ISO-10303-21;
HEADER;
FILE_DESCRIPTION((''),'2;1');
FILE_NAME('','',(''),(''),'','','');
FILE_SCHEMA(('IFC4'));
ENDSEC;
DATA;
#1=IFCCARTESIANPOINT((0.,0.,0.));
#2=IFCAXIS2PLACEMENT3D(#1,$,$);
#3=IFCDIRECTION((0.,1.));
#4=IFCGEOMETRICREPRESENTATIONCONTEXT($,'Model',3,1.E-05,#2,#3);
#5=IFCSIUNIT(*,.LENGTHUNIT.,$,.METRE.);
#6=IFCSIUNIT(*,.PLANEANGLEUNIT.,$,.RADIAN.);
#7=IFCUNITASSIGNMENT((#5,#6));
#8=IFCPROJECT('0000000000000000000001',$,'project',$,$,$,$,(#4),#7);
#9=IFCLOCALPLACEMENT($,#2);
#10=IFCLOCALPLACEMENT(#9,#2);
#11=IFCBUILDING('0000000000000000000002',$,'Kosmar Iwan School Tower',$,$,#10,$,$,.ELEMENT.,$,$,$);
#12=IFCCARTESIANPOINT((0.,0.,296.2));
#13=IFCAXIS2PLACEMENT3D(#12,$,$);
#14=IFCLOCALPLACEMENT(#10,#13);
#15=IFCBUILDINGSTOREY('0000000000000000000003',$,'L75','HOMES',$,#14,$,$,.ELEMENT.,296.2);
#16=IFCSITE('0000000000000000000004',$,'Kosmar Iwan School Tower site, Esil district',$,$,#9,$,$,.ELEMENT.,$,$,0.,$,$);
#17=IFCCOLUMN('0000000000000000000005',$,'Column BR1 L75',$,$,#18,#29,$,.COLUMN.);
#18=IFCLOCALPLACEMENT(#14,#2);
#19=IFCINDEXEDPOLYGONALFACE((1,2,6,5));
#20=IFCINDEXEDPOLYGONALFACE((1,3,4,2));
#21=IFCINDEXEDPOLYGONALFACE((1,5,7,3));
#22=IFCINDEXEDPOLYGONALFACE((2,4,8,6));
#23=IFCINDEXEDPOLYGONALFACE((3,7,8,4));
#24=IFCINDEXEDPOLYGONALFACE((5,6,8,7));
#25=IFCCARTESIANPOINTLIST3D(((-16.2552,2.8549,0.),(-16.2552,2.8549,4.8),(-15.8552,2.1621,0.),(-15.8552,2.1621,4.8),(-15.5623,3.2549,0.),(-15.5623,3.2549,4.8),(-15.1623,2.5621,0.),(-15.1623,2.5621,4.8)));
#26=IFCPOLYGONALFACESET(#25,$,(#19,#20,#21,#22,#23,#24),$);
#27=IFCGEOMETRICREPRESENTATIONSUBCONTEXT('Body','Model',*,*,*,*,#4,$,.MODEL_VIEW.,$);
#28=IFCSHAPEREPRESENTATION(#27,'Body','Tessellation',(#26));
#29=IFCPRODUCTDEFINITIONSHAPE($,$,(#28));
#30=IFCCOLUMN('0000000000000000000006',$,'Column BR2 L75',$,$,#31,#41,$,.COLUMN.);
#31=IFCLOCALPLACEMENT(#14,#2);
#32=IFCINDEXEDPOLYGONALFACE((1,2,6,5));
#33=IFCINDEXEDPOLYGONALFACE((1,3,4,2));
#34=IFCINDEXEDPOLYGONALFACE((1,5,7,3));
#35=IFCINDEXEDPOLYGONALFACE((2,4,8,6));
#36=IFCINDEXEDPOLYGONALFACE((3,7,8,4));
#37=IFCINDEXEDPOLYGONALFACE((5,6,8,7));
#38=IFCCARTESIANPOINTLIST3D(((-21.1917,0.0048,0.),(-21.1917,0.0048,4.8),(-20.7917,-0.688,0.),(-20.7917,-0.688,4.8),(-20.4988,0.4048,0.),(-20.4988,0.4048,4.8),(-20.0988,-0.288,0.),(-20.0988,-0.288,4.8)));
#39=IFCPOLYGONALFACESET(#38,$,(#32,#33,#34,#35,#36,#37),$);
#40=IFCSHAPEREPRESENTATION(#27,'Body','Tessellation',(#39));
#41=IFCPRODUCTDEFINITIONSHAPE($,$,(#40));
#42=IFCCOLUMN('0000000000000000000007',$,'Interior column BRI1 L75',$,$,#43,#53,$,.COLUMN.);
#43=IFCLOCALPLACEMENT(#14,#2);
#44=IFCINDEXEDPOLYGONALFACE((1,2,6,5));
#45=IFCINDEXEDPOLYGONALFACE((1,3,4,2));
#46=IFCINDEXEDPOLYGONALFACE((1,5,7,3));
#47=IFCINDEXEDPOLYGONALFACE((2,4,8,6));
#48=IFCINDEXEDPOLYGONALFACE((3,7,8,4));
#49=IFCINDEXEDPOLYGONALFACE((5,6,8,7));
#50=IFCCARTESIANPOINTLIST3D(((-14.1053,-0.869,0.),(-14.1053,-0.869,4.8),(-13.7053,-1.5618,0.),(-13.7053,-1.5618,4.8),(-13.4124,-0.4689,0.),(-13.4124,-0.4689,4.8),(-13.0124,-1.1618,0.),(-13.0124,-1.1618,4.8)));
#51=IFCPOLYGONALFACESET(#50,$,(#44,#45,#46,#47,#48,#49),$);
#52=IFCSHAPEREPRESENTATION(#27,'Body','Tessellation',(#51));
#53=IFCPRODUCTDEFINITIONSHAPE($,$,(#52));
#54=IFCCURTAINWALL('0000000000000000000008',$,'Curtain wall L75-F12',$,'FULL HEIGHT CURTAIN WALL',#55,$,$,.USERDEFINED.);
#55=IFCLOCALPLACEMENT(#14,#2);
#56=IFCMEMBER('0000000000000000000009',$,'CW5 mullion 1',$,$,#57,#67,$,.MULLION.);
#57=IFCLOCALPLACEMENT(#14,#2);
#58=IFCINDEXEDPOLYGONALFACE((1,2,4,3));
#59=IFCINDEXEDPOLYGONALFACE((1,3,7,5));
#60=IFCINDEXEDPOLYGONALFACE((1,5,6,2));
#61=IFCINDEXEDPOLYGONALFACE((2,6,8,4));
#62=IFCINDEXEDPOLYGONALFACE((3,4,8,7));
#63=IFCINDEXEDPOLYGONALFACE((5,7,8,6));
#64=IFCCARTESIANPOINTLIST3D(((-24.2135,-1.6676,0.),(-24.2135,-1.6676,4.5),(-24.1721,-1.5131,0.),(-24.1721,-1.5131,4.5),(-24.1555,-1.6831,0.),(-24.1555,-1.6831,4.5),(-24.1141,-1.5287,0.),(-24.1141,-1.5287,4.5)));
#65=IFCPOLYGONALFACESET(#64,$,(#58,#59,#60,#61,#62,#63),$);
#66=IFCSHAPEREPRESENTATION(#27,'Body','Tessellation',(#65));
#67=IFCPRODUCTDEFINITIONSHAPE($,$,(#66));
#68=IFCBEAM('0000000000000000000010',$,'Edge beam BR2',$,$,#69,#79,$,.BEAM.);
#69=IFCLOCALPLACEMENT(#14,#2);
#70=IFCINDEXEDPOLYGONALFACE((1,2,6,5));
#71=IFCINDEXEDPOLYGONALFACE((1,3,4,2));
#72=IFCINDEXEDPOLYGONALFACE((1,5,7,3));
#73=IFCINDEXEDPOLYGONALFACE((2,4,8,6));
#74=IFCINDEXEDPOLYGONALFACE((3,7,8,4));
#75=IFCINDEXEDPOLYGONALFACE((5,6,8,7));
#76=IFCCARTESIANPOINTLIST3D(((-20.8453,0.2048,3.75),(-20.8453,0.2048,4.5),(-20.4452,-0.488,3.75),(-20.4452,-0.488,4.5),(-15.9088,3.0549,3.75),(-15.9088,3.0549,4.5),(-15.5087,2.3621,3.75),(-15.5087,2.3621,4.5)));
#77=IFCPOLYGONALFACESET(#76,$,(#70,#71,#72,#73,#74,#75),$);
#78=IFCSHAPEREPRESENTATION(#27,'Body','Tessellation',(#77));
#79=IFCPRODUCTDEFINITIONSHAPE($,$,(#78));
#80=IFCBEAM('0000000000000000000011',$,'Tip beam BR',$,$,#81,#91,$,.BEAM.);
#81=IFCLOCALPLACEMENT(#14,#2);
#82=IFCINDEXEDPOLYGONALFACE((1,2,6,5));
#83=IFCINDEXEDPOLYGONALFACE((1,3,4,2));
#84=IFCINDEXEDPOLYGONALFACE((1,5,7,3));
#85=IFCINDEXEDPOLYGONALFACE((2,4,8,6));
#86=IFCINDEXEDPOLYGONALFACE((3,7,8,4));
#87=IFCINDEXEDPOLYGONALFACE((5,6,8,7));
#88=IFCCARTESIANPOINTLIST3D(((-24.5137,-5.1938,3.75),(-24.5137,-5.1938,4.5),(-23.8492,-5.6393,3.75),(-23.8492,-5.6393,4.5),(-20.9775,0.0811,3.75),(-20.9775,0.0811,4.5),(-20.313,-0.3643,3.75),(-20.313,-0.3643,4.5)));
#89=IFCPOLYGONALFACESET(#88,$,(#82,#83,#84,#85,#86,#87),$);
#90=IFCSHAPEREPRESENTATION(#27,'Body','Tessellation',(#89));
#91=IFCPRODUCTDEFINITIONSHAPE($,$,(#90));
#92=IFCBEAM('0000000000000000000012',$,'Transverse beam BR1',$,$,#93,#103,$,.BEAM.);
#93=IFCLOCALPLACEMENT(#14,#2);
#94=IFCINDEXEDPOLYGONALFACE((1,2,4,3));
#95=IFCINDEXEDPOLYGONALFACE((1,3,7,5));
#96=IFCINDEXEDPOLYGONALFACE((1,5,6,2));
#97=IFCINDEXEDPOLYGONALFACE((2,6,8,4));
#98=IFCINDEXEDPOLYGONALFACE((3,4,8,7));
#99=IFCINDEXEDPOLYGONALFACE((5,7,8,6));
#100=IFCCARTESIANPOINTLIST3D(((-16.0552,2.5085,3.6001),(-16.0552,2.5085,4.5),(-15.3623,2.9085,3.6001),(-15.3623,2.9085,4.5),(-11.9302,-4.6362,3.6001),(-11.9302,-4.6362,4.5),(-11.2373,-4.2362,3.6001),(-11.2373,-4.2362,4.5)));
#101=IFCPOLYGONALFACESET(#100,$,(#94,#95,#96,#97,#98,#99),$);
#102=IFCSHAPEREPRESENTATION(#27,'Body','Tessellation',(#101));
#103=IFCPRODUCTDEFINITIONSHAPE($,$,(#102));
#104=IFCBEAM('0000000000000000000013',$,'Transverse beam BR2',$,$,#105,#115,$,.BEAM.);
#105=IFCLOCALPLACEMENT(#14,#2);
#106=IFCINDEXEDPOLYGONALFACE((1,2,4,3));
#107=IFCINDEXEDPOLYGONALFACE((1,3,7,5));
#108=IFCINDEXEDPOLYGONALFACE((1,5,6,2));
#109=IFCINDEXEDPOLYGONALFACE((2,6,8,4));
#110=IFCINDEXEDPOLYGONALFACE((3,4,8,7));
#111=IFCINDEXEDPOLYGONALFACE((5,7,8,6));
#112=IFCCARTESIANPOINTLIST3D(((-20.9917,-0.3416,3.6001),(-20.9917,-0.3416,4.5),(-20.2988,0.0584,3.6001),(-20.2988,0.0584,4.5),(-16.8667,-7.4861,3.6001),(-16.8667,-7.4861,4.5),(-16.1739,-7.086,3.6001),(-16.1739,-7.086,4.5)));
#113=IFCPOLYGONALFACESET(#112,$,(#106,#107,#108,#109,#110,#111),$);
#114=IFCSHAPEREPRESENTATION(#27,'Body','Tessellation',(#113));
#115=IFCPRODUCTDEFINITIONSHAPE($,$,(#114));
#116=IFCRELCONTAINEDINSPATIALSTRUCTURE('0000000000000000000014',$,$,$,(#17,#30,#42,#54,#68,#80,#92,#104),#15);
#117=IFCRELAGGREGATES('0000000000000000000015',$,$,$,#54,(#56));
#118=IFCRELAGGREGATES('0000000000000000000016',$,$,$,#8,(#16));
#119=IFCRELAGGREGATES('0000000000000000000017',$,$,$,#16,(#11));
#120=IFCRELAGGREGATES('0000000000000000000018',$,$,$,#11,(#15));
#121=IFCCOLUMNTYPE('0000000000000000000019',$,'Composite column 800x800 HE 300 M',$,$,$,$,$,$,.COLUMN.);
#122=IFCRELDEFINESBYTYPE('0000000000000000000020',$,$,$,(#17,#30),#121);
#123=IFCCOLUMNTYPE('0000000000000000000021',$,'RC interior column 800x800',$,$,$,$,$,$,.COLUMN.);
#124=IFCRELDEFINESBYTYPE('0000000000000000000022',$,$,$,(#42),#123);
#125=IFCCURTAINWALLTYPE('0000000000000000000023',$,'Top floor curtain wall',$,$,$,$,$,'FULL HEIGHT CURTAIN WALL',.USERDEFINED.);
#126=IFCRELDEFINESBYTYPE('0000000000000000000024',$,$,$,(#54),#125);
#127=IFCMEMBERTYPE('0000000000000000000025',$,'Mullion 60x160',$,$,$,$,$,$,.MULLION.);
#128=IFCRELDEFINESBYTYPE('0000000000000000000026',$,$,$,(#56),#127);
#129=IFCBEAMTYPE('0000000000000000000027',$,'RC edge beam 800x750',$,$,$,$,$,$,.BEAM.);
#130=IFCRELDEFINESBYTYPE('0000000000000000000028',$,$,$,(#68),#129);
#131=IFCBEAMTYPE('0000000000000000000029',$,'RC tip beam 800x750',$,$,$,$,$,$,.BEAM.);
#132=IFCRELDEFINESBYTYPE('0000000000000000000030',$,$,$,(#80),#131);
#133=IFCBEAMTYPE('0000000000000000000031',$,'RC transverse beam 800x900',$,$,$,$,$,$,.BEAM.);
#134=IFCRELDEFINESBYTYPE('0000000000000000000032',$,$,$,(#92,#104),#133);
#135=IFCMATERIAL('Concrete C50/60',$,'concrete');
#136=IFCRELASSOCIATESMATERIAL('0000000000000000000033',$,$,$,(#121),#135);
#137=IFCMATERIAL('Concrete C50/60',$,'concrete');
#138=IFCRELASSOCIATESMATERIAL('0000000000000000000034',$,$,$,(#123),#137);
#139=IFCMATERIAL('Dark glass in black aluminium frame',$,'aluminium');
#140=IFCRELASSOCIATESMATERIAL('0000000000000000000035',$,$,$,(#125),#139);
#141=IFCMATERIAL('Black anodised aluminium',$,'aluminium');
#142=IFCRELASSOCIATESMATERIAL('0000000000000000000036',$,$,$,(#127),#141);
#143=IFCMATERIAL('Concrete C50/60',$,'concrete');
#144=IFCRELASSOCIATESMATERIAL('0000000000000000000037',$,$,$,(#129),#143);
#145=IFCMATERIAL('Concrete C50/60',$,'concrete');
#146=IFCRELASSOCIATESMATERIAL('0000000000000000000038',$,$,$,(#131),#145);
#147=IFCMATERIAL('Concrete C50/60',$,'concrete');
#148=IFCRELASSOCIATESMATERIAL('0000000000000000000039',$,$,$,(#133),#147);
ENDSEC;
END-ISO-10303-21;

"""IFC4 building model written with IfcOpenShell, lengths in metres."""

from ifc_helpers import new_model, si_unit, direction, frame, origin, origin_2d, place, context, subcontext, project, spatial, rectangle, extrude, material, material_profile, profile_set, type_object, element, aggregate, save


model = new_model("IFC4")

# Units and contexts
model_context = context("Model", 3, precision=1e-05, world=origin(), true_north=direction((0.0, 1.0)))
body_context = subcontext(model_context, "Body", "Model", "MODEL_VIEW")
ifc_project = project(units=[si_unit("LENGTHUNIT", "METRE"), si_unit("PLANEANGLEUNIT", "RADIAN")], contexts=[model_context])

# Site, building, storey
site_placement = place(None, origin())
site = spatial("IfcSite", under=ifc_project, at=site_placement, Name="Kosmar Iwan School Tower site, Esil district", CompositionType="ELEMENT", RefElevation=0.0)
building_placement = place(site_placement, origin())
building = spatial("IfcBuilding", under=site, at=building_placement, Name="Kosmar Iwan School Tower", CompositionType="ELEMENT")
storey_placement = place(building_placement, frame((0.0, 0.0, 296.2)))
storey = spatial("IfcBuildingStorey", under=building, at=storey_placement, Name="L75", Description="HOMES", CompositionType="ELEMENT", Elevation=296.2)

# Columns
ifc_material_1 = material(Name="Concrete C50/60", Category="concrete")
ifc_material_profile_1 = material_profile(ifc_material_1, rectangle(XDim=0.8, YDim=0.8, at=origin_2d()), Name="RC 800x800 + HE 300 M")
ifc_profile_set_1 = profile_set([ifc_material_profile_1], Name="Concrete C50/60")
column_type_1 = type_object("IfcColumnType", Name="Composite column 800x800 HE 300 M", PredefinedType="COLUMN", material=ifc_profile_set_1)
for number, where, z_axis, x_axis, name in (
    (1, (-15.7087, 2.7085, 0.0), (0.0, 0.0, 1.0), (-0.866025, -0.5, 0.0), "Column BR1 L75"),
    (2, (-20.6453, -0.1416, 0.0), (0.0, 0.0, 1.0), (-0.866025, -0.5, 0.0), "Column BR2 L75"),
):
    element("IfcColumn", number, at=place(storey_placement, frame(where, z_axis=z_axis, x_axis=x_axis)), inside=storey, type_object=column_type_1, Name=name, PredefinedType="COLUMN", context=body_context, shape_type="SweptSolid", body=[
        extrude(rectangle(XDim=0.8, YDim=0.8, at=origin_2d()), origin(), (0.0, 0.0, 1.0), 4.8),
    ])
ifc_material_2 = material(Name="Concrete C50/60", Category="concrete")
ifc_material_profile_2 = material_profile(ifc_material_2, rectangle(XDim=0.8, YDim=0.8, at=origin_2d()), Name="RC 800x800")
ifc_profile_set_2 = profile_set([ifc_material_profile_2], Name="Concrete C50/60")
column_type_2 = type_object("IfcColumnType", Name="RC interior column 800x800", PredefinedType="COLUMN", material=ifc_profile_set_2)
column_placement = place(storey_placement, frame((-13.5588, -1.0154, 0.0), z_axis=(0.0, 0.0, 1.0), x_axis=(-0.866025, -0.5, 0.0)))
element("IfcColumn", 3, at=column_placement, inside=storey, type_object=column_type_2, Name="Interior column BRI1 L75", PredefinedType="COLUMN", context=body_context, shape_type="SweptSolid", body=[
    extrude(rectangle(XDim=0.8, YDim=0.8, at=origin_2d()), origin(), (0.0, 0.0, 1.0), 4.8),
])

# Curtain wall, member
ifc_material_3 = material(Name="Dark glass in black aluminium frame", Category="aluminium")
curtain_wall_type = type_object("IfcCurtainWallType", Name="Top floor curtain wall", ElementType="FULL HEIGHT CURTAIN WALL", PredefinedType="USERDEFINED", material=ifc_material_3)
curtain_wall_placement = place(storey_placement, origin())
curtain_wall = element("IfcCurtainWall", 4, at=curtain_wall_placement, inside=storey, type_object=curtain_wall_type, Name="Curtain wall L75-F12", ObjectType="FULL HEIGHT CURTAIN WALL", PredefinedType="USERDEFINED")
ifc_material_4 = material(Name="Black anodised aluminium", Category="aluminium")
ifc_material_profile_3 = material_profile(ifc_material_4, rectangle(XDim=0.0601, YDim=0.1599, at=origin_2d()), Name="MULLION 60x160")
ifc_profile_set_3 = profile_set([ifc_material_profile_3], Name="Black anodised aluminium")
member_type = type_object("IfcMemberType", Name="Mullion 60x160", PredefinedType="MULLION", material=ifc_profile_set_3)
member_placement = place(storey_placement, frame((-24.1638, -1.5981, 0.0), z_axis=(0.0, 0.0, 1.0), x_axis=(0.965926, -0.258819, 0.0)))
member = element("IfcMember", 5, at=member_placement, type_object=member_type, Name="CW5 mullion 1", PredefinedType="MULLION", context=body_context, shape_type="SweptSolid", body=[
    extrude(rectangle(XDim=0.0601, YDim=0.1599, at=origin_2d()), origin(), (0.0, 0.0, 1.0), 4.5),
])
aggregate(curtain_wall, [member])

# Beams
ifc_material_5 = material(Name="Concrete C50/60", Category="concrete")
ifc_material_profile_4 = material_profile(ifc_material_5, rectangle(XDim=0.8, YDim=0.75, at=origin_2d()), Name="RC 800x750")
ifc_profile_set_4 = profile_set([ifc_material_profile_4], Name="Concrete C50/60")
beam_type_1 = type_object("IfcBeamType", Name="RC edge beam 800x750", PredefinedType="BEAM", material=ifc_profile_set_4)
beam_1_placement = place(storey_placement, frame((-15.7087, 2.7085, 4.125), z_axis=(-0.866026, -0.499999, 0.0), x_axis=(0.499999, -0.866026, 0.0)))
element("IfcBeam", 6, at=beam_1_placement, inside=storey, type_object=beam_type_1, Name="Edge beam BR2", PredefinedType="BEAM", context=body_context, shape_type="SweptSolid", body=[
    extrude(rectangle(XDim=0.8, YDim=0.75, at=origin_2d()), origin(), (0.0, 0.0, 1.0), 5.7002),
])
ifc_material_6 = material(Name="Concrete C50/60", Category="concrete")
ifc_material_profile_5 = material_profile(ifc_material_6, rectangle(XDim=0.8, YDim=0.75, at=origin_2d()), Name="RC 800x750")
ifc_profile_set_5 = profile_set([ifc_material_profile_5], Name="Concrete C50/60")
beam_type_2 = type_object("IfcBeamType", Name="RC tip beam 800x750", PredefinedType="BEAM", material=ifc_profile_set_5)
beam_2_placement = place(storey_placement, frame((-20.6453, -0.1416, 4.125), z_axis=(-0.556828, -0.830628, 0.0), x_axis=(0.830628, -0.556828, 0.0)))
element("IfcBeam", 7, at=beam_2_placement, inside=storey, type_object=beam_type_2, Name="Tip beam BR", PredefinedType="BEAM", context=body_context, shape_type="SweptSolid", body=[
    extrude(rectangle(XDim=0.8, YDim=0.75, at=origin_2d()), origin(), (0.0, 0.0, 1.0), 6.3506),
])
ifc_material_7 = material(Name="Concrete C50/60", Category="concrete")
ifc_material_profile_6 = material_profile(ifc_material_7, rectangle(XDim=0.8, YDim=0.8999, at=origin_2d()), Name="RC 800x900")
ifc_profile_set_6 = profile_set([ifc_material_profile_6], Name="Concrete C50/60")
beam_type_3 = type_object("IfcBeamType", Name="RC transverse beam 800x900", PredefinedType="BEAM", material=ifc_profile_set_6)
beam_3_placement = place(storey_placement, frame((-15.7087, 2.7085, 4.05), z_axis=(0.499997, -0.866027, 0.0), x_axis=(0.866027, 0.499997, 0.0)))
element("IfcBeam", 8, at=beam_3_placement, inside=storey, type_object=beam_type_3, Name="Transverse beam BR1", PredefinedType="BEAM", context=body_context, shape_type="SweptSolid", body=[
    extrude(rectangle(XDim=0.8, YDim=0.8999, at=origin_2d()), origin(), (0.0, 0.0, 1.0), 8.25),
])
beam_4_placement = place(storey_placement, frame((-20.6453, -0.1416, 4.05), z_axis=(0.500009, -0.86602, 0.0), x_axis=(0.86602, 0.500009, 0.0)))
element("IfcBeam", 9, at=beam_4_placement, inside=storey, type_object=beam_type_3, Name="Transverse beam BR2", PredefinedType="BEAM", context=body_context, shape_type="SweptSolid", body=[
    extrude(rectangle(XDim=0.8, YDim=0.8999, at=origin_2d()), origin(), (0.0, 0.0, 1.0), 8.2498),
])

save(model, "model.ifc")
